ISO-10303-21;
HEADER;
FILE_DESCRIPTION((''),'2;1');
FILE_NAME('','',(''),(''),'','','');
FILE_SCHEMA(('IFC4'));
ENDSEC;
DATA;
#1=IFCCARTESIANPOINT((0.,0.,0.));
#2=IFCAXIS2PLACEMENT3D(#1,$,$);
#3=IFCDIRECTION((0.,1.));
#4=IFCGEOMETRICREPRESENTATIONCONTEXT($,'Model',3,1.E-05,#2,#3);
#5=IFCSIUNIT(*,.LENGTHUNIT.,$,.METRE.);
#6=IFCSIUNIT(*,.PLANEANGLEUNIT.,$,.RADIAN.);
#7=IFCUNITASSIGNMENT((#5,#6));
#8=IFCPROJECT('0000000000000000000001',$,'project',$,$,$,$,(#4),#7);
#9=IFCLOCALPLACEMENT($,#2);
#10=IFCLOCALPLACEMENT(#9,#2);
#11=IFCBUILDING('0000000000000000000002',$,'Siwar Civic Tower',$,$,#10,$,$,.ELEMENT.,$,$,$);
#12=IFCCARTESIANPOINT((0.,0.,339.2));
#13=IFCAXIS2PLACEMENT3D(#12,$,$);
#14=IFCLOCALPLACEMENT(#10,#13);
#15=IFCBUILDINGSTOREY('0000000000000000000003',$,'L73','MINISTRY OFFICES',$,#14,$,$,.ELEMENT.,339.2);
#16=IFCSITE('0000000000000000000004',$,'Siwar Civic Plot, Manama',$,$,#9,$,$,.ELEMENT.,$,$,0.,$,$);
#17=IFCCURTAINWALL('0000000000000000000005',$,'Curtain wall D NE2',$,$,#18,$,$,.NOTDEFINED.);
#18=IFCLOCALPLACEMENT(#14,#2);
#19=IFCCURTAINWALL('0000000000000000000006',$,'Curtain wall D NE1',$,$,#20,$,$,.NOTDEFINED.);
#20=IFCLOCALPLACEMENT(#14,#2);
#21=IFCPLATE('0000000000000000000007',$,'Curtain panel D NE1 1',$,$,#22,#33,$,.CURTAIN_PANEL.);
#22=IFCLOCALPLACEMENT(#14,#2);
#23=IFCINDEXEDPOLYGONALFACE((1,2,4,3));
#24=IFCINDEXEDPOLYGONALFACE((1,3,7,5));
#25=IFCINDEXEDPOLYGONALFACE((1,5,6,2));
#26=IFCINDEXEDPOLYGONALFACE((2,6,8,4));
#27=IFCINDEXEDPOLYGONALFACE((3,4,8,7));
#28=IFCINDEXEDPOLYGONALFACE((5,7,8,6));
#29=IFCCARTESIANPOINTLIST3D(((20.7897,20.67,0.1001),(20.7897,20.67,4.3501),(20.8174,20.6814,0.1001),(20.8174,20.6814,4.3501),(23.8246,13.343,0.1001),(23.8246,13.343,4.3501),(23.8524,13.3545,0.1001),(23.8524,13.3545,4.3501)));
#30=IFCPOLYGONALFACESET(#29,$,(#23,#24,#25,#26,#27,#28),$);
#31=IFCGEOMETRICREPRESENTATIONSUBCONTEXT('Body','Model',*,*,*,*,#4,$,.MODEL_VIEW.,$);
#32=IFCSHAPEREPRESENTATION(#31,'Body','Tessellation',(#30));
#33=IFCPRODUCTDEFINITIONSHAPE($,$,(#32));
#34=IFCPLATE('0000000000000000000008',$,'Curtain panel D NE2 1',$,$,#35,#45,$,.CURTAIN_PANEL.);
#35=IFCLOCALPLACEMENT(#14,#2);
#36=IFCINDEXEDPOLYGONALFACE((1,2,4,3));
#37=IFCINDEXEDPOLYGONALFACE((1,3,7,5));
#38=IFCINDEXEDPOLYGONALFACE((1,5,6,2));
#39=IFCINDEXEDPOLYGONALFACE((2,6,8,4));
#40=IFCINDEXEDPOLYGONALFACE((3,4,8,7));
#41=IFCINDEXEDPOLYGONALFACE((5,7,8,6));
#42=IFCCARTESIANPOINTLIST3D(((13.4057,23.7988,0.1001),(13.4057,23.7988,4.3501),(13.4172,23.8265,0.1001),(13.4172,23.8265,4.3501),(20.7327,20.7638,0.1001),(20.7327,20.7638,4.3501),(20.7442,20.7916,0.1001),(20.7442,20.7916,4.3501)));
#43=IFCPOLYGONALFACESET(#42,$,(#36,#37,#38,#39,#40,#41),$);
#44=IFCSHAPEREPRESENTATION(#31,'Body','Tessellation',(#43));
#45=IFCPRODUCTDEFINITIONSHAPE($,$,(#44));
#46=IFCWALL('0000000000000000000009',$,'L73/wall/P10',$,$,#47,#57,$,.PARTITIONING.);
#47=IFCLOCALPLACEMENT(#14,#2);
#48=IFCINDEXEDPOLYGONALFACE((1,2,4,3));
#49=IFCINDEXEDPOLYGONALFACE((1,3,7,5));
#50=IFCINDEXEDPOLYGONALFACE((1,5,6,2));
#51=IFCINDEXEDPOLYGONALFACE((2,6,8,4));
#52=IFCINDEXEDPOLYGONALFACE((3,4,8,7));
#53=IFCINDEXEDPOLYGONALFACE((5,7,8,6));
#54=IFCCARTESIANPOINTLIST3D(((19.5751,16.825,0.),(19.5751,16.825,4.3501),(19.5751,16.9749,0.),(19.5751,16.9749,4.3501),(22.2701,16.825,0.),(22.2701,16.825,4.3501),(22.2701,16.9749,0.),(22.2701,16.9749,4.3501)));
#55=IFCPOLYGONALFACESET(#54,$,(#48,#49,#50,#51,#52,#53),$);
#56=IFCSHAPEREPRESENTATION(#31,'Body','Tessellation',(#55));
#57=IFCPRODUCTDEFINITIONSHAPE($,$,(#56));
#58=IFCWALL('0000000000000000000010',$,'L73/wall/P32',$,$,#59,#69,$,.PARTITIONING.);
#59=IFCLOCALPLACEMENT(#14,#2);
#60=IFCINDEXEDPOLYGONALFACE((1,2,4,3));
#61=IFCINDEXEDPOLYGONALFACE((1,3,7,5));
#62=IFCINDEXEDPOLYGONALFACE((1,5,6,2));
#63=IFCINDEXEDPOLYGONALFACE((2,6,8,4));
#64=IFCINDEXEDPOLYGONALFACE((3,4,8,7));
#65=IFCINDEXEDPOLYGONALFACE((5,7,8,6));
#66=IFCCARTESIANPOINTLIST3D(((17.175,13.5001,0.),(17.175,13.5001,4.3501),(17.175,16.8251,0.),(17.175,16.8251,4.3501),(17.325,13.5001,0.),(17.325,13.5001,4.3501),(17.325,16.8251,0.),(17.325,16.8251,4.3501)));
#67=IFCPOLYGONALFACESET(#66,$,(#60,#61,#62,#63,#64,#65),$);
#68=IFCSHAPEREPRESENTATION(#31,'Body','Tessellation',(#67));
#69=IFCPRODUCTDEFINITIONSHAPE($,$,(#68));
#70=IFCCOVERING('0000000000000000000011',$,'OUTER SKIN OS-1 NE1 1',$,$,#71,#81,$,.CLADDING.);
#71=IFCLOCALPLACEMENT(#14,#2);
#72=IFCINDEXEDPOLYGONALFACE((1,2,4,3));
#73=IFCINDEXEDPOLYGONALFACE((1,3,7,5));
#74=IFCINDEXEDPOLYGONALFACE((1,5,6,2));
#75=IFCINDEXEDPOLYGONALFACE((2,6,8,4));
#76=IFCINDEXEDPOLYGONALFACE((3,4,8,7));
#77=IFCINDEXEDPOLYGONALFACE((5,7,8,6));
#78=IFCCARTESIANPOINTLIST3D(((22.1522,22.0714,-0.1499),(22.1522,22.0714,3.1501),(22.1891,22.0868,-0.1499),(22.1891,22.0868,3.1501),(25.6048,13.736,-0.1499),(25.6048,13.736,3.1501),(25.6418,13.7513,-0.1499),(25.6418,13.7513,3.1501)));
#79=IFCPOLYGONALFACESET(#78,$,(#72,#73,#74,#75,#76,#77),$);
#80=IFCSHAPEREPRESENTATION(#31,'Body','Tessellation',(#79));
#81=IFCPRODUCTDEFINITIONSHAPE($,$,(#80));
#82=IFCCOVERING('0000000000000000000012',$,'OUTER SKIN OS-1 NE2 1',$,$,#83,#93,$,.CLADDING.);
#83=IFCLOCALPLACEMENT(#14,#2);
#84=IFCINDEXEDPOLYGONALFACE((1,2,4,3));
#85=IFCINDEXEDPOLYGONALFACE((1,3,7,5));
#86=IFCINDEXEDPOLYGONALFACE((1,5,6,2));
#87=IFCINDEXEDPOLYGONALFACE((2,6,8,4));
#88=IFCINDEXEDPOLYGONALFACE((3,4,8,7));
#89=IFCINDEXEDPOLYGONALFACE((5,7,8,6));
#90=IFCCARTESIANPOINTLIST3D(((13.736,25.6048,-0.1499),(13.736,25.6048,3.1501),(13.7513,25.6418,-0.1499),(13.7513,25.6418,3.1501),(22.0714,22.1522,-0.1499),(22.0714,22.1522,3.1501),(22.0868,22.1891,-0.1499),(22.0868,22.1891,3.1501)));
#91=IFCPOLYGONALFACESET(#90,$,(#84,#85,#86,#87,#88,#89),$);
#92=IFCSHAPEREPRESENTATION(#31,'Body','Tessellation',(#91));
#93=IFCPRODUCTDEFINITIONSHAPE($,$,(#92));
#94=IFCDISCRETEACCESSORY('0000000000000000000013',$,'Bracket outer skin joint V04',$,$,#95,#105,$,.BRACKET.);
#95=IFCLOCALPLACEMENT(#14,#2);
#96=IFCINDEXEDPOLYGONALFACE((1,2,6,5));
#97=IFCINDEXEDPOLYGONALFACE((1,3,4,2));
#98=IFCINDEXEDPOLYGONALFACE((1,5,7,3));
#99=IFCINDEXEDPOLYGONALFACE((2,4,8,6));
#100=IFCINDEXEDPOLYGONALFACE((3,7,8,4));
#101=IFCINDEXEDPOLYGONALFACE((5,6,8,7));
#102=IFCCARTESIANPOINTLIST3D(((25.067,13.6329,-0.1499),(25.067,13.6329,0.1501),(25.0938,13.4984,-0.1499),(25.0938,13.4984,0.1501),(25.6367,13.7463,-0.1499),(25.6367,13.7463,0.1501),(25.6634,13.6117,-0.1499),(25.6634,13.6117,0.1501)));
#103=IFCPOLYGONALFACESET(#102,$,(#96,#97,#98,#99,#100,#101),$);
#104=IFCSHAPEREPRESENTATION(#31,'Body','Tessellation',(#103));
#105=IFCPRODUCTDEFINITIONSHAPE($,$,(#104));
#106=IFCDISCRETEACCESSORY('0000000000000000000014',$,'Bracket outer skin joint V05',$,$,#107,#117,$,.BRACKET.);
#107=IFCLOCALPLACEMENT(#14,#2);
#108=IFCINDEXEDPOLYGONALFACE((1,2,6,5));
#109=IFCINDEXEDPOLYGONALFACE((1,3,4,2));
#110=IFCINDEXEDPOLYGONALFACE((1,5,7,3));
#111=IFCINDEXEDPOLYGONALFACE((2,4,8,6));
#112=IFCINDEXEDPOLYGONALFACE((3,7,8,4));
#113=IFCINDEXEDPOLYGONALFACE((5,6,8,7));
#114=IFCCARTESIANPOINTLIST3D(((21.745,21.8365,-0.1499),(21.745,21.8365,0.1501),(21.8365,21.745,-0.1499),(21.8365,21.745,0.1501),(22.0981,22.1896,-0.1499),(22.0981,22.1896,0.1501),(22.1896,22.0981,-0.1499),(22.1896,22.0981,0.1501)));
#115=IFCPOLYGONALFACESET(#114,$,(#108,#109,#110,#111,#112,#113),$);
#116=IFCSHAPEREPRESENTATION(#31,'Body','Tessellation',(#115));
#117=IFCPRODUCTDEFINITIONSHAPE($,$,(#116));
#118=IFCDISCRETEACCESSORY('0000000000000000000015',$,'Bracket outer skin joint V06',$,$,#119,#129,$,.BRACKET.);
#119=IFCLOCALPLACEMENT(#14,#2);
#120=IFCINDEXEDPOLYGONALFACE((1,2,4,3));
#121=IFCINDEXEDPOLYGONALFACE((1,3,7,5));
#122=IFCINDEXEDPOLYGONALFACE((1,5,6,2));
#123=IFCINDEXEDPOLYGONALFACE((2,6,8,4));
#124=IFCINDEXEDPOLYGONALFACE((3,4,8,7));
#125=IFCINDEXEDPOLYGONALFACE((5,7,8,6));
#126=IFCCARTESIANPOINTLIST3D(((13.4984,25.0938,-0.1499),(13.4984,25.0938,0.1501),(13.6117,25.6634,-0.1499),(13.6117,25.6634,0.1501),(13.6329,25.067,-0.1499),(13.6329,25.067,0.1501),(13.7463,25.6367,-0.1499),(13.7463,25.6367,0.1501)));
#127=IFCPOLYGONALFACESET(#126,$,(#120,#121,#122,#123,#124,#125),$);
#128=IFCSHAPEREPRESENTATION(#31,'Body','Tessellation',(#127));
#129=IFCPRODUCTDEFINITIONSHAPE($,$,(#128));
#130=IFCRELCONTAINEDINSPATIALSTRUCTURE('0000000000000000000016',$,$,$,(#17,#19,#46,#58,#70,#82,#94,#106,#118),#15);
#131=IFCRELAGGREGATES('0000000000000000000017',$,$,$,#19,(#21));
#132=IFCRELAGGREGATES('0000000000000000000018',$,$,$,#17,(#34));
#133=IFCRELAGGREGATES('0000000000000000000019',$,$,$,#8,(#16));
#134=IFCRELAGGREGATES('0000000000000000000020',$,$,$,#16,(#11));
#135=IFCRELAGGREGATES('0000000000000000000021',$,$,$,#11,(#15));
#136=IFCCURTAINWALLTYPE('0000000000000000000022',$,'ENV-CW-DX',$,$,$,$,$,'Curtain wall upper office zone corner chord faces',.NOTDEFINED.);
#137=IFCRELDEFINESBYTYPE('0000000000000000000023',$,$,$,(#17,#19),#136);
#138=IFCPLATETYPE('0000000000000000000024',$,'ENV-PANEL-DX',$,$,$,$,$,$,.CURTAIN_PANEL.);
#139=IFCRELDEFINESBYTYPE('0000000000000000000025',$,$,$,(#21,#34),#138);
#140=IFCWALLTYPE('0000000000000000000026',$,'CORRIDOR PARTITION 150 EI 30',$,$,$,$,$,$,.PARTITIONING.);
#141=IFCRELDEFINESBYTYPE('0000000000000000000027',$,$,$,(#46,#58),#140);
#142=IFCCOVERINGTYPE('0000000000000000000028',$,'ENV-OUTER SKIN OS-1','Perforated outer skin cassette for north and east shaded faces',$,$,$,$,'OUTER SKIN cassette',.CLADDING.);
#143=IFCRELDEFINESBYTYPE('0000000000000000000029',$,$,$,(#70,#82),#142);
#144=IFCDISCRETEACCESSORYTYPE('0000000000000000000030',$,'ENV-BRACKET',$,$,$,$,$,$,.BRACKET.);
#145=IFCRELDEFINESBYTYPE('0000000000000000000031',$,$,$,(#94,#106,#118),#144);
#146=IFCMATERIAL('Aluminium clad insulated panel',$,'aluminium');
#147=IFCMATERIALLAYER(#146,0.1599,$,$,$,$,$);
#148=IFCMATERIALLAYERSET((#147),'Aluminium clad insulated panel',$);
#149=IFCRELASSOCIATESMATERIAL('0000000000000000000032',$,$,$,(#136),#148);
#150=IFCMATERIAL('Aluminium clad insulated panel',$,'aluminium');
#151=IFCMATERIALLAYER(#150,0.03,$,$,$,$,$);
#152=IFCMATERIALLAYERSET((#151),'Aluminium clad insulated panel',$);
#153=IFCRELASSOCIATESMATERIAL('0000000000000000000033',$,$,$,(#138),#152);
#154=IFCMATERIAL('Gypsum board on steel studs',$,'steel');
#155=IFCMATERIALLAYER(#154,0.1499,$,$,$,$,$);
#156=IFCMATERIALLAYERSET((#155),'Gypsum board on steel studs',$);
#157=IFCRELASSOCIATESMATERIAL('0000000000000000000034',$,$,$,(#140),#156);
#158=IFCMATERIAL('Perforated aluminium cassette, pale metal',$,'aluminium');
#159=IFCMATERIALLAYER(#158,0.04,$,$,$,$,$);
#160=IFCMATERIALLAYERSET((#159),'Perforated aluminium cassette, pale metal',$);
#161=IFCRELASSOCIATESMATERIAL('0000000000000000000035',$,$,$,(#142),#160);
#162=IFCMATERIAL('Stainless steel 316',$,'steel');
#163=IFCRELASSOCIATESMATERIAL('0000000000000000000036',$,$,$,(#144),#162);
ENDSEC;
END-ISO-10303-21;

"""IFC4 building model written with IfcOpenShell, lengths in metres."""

from ifc_helpers import new_model, si_unit, direction, frame, frame_2d, origin, origin_2d, place, context, subcontext, project, spatial, rectangle, extrude, material, layer, layer_set, type_object, element, aggregate, save


model = new_model("IFC4")

# Units and contexts
model_context = context("Model", 3, precision=1e-05, world=origin(), true_north=direction((0.0, 1.0)))
body_context = subcontext(model_context, "Body", "Model", "MODEL_VIEW")
ifc_project = project(units=[si_unit("LENGTHUNIT", "METRE"), si_unit("PLANEANGLEUNIT", "RADIAN")], contexts=[model_context])

# Site, building, storey
site_placement = place(None, origin())
site = spatial("IfcSite", under=ifc_project, at=site_placement, Name="Siwar Civic Plot, Manama", CompositionType="ELEMENT", RefElevation=0.0)
building_placement = place(site_placement, origin())
building = spatial("IfcBuilding", under=site, at=building_placement, Name="Siwar Civic Tower", CompositionType="ELEMENT")
storey_placement = place(building_placement, frame((0.0, 0.0, 339.2)))
storey = spatial("IfcBuildingStorey", under=building, at=storey_placement, Name="L73", Description="MINISTRY OFFICES", CompositionType="ELEMENT", Elevation=339.2)

# Curtain walls
ifc_material_1 = material(Name="Aluminium clad insulated panel", Category="aluminium")
ifc_layer_1 = layer(ifc_material_1, 0.1599)
ifc_layer_set_1 = layer_set([ifc_layer_1], Name="Aluminium clad insulated panel")
curtain_wall_type = type_object("IfcCurtainWallType", Name="ENV-CW-DX", ElementType="Curtain wall upper office zone corner chord faces", PredefinedType="NOTDEFINED", material=ifc_layer_set_1)
curtain_wall_1_placement = place(storey_placement, origin())
curtain_wall_1 = element("IfcCurtainWall", 1, at=curtain_wall_1_placement, inside=storey, type_object=curtain_wall_type, Name="Curtain wall D NE2", PredefinedType="NOTDEFINED")
curtain_wall_2_placement = place(storey_placement, origin())
curtain_wall_2 = element("IfcCurtainWall", 2, at=curtain_wall_2_placement, inside=storey, type_object=curtain_wall_type, Name="Curtain wall D NE1", PredefinedType="NOTDEFINED")

# Plates
ifc_material_2 = material(Name="Aluminium clad insulated panel", Category="aluminium")
ifc_layer_2 = layer(ifc_material_2, 0.03)
ifc_layer_set_2 = layer_set([ifc_layer_2], Name="Aluminium clad insulated panel")
plate_type = type_object("IfcPlateType", Name="ENV-PANEL-DX", PredefinedType="CURTAIN_PANEL", material=ifc_layer_set_2)
plate_1_placement = place(storey_placement, frame((22.321, 17.0122, 0.1001), z_axis=(0.0, 0.0, 1.0), x_axis=(-0.382683, 0.92388, 0.0)))
plate_1 = element("IfcPlate", 3, at=plate_1_placement, type_object=plate_type, Name="Curtain panel D NE1 1", PredefinedType="CURTAIN_PANEL", context=body_context, shape_type="SweptSolid", body=[
    extrude(rectangle(XDim=7.9307, YDim=0.03, at=origin_2d()), origin(), (0.0, 0.0, 1.0), 4.25),
])
aggregate(curtain_wall_2, [plate_1])
plate_2_placement = place(storey_placement, frame((17.075, 22.2952, 0.1001), z_axis=(0.0, 0.0, 1.0), x_axis=(-0.92388, 0.382683, 0.0)))
plate_2 = element("IfcPlate", 4, at=plate_2_placement, type_object=plate_type, Name="Curtain panel D NE2 1", PredefinedType="CURTAIN_PANEL", context=body_context, shape_type="SweptSolid", body=[
    extrude(rectangle(XDim=7.9307, YDim=0.03, at=origin_2d()), origin(), (0.0, 0.0, 1.0), 4.25),
])
aggregate(curtain_wall_1, [plate_2])

# Walls
ifc_material_3 = material(Name="Gypsum board on steel studs", Category="steel")
ifc_layer_3 = layer(ifc_material_3, 0.1499)
ifc_layer_set_3 = layer_set([ifc_layer_3], Name="Gypsum board on steel studs")
wall_type = type_object("IfcWallType", Name="CORRIDOR PARTITION 150 EI 30", PredefinedType="PARTITIONING", material=ifc_layer_set_3)
wall_1_placement = place(storey_placement, frame((19.575, 16.8999, 0.0), z_axis=(0.0, 0.0, 1.0), x_axis=(1.0, 0.0, 0.0)))
element("IfcWall", 5, at=wall_1_placement, inside=storey, type_object=wall_type, Name="L73/wall/P10", PredefinedType="PARTITIONING", context=body_context, shape_type="SweptSolid", body=[
    extrude(rectangle(XDim=2.6951, YDim=0.1499, at=frame_2d((1.3477, 0.0))), origin(), (0.0, 0.0, 1.0), 4.3501),
])
wall_2_placement = place(storey_placement, frame((17.25, 13.5, 0.0), z_axis=(0.0, 0.0, 1.0), x_axis=(0.0, 1.0, 0.0)))
element("IfcWall", 6, at=wall_2_placement, inside=storey, type_object=wall_type, Name="L73/wall/P32", PredefinedType="PARTITIONING", context=body_context, shape_type="SweptSolid", body=[
    extrude(rectangle(XDim=3.325, YDim=0.1499, at=frame_2d((1.6626, 0.0))), origin(), (0.0, 0.0, 1.0), 4.3501),
])

# Coverings
ifc_material_4 = material(Name="Perforated aluminium cassette, pale metal", Category="aluminium")
ifc_layer_4 = layer(ifc_material_4, 0.04)
ifc_layer_set_4 = layer_set([ifc_layer_4], Name="Perforated aluminium cassette, pale metal")
covering_type = type_object("IfcCoveringType", Name="ENV-OUTER SKIN OS-1", Description="Perforated outer skin cassette for north and east shaded faces", ElementType="OUTER SKIN cassette", PredefinedType="CLADDING", material=ifc_layer_set_4)
for number, where, z_axis, x_axis, name in (
    (7, (23.897, 17.9114, -0.1499), (0.0, 0.0, 1.0), (-0.382683, 0.92388, 0.0), "OUTER SKIN OS-1 NE1 1"),
    (8, (17.9114, 23.897, -0.1499), (0.0, 0.0, 1.0), (-0.92388, 0.382683, 0.0), "OUTER SKIN OS-1 NE2 1"),
):
    element("IfcCovering", number, at=place(storey_placement, frame(where, z_axis=z_axis, x_axis=x_axis)), inside=storey, type_object=covering_type, Name=name, PredefinedType="CLADDING", context=body_context, shape_type="SweptSolid", body=[
        extrude(rectangle(XDim=9.0222, YDim=0.04, at=origin_2d()), origin(), (0.0, 0.0, 1.0), 3.3),
    ])

# Discrete accessories
ifc_material_5 = material(Name="Stainless steel 316", Category="steel")
discrete_accessory_type = type_object("IfcDiscreteAccessoryType", Name="ENV-BRACKET", PredefinedType="BRACKET", material=ifc_material_5)
discrete_accessory_1_placement = place(storey_placement, frame((25.3652, 13.6223, -0.1499), z_axis=(0.0, 0.0, 1.0), x_axis=(0.980785, 0.19509, 0.0)))
element("IfcDiscreteAccessory", 9, at=discrete_accessory_1_placement, inside=storey, type_object=discrete_accessory_type, Name="Bracket outer skin joint V04", PredefinedType="BRACKET", context=body_context, shape_type="SweptSolid", body=[
    extrude(rectangle(XDim=0.5808, YDim=0.1372, at=origin_2d()), origin(), (0.0, 0.0, 1.0), 0.3),
])
discrete_accessory_2_placement = place(storey_placement, frame((21.9673, 21.9673, -0.1499), z_axis=(0.0, 0.0, 1.0), x_axis=(0.707107, 0.707107, 0.0)))
element("IfcDiscreteAccessory", 10, at=discrete_accessory_2_placement, inside=storey, type_object=discrete_accessory_type, Name="Bracket outer skin joint V05", PredefinedType="BRACKET", context=body_context, shape_type="SweptSolid", body=[
    extrude(rectangle(XDim=0.4993, YDim=0.1294, at=origin_2d()), origin(), (0.0, 0.0, 1.0), 0.3),
])
discrete_accessory_3_placement = place(storey_placement, frame((13.6223, 25.3652, -0.1499), z_axis=(0.0, 0.0, 1.0), x_axis=(0.19509, 0.980785, 0.0)))
element("IfcDiscreteAccessory", 11, at=discrete_accessory_3_placement, inside=storey, type_object=discrete_accessory_type, Name="Bracket outer skin joint V06", PredefinedType="BRACKET", context=body_context, shape_type="SweptSolid", body=[
    extrude(rectangle(XDim=0.5808, YDim=0.1372, at=origin_2d()), origin(), (0.0, 0.0, 1.0), 0.3),
])

save(model, "model.ifc")
